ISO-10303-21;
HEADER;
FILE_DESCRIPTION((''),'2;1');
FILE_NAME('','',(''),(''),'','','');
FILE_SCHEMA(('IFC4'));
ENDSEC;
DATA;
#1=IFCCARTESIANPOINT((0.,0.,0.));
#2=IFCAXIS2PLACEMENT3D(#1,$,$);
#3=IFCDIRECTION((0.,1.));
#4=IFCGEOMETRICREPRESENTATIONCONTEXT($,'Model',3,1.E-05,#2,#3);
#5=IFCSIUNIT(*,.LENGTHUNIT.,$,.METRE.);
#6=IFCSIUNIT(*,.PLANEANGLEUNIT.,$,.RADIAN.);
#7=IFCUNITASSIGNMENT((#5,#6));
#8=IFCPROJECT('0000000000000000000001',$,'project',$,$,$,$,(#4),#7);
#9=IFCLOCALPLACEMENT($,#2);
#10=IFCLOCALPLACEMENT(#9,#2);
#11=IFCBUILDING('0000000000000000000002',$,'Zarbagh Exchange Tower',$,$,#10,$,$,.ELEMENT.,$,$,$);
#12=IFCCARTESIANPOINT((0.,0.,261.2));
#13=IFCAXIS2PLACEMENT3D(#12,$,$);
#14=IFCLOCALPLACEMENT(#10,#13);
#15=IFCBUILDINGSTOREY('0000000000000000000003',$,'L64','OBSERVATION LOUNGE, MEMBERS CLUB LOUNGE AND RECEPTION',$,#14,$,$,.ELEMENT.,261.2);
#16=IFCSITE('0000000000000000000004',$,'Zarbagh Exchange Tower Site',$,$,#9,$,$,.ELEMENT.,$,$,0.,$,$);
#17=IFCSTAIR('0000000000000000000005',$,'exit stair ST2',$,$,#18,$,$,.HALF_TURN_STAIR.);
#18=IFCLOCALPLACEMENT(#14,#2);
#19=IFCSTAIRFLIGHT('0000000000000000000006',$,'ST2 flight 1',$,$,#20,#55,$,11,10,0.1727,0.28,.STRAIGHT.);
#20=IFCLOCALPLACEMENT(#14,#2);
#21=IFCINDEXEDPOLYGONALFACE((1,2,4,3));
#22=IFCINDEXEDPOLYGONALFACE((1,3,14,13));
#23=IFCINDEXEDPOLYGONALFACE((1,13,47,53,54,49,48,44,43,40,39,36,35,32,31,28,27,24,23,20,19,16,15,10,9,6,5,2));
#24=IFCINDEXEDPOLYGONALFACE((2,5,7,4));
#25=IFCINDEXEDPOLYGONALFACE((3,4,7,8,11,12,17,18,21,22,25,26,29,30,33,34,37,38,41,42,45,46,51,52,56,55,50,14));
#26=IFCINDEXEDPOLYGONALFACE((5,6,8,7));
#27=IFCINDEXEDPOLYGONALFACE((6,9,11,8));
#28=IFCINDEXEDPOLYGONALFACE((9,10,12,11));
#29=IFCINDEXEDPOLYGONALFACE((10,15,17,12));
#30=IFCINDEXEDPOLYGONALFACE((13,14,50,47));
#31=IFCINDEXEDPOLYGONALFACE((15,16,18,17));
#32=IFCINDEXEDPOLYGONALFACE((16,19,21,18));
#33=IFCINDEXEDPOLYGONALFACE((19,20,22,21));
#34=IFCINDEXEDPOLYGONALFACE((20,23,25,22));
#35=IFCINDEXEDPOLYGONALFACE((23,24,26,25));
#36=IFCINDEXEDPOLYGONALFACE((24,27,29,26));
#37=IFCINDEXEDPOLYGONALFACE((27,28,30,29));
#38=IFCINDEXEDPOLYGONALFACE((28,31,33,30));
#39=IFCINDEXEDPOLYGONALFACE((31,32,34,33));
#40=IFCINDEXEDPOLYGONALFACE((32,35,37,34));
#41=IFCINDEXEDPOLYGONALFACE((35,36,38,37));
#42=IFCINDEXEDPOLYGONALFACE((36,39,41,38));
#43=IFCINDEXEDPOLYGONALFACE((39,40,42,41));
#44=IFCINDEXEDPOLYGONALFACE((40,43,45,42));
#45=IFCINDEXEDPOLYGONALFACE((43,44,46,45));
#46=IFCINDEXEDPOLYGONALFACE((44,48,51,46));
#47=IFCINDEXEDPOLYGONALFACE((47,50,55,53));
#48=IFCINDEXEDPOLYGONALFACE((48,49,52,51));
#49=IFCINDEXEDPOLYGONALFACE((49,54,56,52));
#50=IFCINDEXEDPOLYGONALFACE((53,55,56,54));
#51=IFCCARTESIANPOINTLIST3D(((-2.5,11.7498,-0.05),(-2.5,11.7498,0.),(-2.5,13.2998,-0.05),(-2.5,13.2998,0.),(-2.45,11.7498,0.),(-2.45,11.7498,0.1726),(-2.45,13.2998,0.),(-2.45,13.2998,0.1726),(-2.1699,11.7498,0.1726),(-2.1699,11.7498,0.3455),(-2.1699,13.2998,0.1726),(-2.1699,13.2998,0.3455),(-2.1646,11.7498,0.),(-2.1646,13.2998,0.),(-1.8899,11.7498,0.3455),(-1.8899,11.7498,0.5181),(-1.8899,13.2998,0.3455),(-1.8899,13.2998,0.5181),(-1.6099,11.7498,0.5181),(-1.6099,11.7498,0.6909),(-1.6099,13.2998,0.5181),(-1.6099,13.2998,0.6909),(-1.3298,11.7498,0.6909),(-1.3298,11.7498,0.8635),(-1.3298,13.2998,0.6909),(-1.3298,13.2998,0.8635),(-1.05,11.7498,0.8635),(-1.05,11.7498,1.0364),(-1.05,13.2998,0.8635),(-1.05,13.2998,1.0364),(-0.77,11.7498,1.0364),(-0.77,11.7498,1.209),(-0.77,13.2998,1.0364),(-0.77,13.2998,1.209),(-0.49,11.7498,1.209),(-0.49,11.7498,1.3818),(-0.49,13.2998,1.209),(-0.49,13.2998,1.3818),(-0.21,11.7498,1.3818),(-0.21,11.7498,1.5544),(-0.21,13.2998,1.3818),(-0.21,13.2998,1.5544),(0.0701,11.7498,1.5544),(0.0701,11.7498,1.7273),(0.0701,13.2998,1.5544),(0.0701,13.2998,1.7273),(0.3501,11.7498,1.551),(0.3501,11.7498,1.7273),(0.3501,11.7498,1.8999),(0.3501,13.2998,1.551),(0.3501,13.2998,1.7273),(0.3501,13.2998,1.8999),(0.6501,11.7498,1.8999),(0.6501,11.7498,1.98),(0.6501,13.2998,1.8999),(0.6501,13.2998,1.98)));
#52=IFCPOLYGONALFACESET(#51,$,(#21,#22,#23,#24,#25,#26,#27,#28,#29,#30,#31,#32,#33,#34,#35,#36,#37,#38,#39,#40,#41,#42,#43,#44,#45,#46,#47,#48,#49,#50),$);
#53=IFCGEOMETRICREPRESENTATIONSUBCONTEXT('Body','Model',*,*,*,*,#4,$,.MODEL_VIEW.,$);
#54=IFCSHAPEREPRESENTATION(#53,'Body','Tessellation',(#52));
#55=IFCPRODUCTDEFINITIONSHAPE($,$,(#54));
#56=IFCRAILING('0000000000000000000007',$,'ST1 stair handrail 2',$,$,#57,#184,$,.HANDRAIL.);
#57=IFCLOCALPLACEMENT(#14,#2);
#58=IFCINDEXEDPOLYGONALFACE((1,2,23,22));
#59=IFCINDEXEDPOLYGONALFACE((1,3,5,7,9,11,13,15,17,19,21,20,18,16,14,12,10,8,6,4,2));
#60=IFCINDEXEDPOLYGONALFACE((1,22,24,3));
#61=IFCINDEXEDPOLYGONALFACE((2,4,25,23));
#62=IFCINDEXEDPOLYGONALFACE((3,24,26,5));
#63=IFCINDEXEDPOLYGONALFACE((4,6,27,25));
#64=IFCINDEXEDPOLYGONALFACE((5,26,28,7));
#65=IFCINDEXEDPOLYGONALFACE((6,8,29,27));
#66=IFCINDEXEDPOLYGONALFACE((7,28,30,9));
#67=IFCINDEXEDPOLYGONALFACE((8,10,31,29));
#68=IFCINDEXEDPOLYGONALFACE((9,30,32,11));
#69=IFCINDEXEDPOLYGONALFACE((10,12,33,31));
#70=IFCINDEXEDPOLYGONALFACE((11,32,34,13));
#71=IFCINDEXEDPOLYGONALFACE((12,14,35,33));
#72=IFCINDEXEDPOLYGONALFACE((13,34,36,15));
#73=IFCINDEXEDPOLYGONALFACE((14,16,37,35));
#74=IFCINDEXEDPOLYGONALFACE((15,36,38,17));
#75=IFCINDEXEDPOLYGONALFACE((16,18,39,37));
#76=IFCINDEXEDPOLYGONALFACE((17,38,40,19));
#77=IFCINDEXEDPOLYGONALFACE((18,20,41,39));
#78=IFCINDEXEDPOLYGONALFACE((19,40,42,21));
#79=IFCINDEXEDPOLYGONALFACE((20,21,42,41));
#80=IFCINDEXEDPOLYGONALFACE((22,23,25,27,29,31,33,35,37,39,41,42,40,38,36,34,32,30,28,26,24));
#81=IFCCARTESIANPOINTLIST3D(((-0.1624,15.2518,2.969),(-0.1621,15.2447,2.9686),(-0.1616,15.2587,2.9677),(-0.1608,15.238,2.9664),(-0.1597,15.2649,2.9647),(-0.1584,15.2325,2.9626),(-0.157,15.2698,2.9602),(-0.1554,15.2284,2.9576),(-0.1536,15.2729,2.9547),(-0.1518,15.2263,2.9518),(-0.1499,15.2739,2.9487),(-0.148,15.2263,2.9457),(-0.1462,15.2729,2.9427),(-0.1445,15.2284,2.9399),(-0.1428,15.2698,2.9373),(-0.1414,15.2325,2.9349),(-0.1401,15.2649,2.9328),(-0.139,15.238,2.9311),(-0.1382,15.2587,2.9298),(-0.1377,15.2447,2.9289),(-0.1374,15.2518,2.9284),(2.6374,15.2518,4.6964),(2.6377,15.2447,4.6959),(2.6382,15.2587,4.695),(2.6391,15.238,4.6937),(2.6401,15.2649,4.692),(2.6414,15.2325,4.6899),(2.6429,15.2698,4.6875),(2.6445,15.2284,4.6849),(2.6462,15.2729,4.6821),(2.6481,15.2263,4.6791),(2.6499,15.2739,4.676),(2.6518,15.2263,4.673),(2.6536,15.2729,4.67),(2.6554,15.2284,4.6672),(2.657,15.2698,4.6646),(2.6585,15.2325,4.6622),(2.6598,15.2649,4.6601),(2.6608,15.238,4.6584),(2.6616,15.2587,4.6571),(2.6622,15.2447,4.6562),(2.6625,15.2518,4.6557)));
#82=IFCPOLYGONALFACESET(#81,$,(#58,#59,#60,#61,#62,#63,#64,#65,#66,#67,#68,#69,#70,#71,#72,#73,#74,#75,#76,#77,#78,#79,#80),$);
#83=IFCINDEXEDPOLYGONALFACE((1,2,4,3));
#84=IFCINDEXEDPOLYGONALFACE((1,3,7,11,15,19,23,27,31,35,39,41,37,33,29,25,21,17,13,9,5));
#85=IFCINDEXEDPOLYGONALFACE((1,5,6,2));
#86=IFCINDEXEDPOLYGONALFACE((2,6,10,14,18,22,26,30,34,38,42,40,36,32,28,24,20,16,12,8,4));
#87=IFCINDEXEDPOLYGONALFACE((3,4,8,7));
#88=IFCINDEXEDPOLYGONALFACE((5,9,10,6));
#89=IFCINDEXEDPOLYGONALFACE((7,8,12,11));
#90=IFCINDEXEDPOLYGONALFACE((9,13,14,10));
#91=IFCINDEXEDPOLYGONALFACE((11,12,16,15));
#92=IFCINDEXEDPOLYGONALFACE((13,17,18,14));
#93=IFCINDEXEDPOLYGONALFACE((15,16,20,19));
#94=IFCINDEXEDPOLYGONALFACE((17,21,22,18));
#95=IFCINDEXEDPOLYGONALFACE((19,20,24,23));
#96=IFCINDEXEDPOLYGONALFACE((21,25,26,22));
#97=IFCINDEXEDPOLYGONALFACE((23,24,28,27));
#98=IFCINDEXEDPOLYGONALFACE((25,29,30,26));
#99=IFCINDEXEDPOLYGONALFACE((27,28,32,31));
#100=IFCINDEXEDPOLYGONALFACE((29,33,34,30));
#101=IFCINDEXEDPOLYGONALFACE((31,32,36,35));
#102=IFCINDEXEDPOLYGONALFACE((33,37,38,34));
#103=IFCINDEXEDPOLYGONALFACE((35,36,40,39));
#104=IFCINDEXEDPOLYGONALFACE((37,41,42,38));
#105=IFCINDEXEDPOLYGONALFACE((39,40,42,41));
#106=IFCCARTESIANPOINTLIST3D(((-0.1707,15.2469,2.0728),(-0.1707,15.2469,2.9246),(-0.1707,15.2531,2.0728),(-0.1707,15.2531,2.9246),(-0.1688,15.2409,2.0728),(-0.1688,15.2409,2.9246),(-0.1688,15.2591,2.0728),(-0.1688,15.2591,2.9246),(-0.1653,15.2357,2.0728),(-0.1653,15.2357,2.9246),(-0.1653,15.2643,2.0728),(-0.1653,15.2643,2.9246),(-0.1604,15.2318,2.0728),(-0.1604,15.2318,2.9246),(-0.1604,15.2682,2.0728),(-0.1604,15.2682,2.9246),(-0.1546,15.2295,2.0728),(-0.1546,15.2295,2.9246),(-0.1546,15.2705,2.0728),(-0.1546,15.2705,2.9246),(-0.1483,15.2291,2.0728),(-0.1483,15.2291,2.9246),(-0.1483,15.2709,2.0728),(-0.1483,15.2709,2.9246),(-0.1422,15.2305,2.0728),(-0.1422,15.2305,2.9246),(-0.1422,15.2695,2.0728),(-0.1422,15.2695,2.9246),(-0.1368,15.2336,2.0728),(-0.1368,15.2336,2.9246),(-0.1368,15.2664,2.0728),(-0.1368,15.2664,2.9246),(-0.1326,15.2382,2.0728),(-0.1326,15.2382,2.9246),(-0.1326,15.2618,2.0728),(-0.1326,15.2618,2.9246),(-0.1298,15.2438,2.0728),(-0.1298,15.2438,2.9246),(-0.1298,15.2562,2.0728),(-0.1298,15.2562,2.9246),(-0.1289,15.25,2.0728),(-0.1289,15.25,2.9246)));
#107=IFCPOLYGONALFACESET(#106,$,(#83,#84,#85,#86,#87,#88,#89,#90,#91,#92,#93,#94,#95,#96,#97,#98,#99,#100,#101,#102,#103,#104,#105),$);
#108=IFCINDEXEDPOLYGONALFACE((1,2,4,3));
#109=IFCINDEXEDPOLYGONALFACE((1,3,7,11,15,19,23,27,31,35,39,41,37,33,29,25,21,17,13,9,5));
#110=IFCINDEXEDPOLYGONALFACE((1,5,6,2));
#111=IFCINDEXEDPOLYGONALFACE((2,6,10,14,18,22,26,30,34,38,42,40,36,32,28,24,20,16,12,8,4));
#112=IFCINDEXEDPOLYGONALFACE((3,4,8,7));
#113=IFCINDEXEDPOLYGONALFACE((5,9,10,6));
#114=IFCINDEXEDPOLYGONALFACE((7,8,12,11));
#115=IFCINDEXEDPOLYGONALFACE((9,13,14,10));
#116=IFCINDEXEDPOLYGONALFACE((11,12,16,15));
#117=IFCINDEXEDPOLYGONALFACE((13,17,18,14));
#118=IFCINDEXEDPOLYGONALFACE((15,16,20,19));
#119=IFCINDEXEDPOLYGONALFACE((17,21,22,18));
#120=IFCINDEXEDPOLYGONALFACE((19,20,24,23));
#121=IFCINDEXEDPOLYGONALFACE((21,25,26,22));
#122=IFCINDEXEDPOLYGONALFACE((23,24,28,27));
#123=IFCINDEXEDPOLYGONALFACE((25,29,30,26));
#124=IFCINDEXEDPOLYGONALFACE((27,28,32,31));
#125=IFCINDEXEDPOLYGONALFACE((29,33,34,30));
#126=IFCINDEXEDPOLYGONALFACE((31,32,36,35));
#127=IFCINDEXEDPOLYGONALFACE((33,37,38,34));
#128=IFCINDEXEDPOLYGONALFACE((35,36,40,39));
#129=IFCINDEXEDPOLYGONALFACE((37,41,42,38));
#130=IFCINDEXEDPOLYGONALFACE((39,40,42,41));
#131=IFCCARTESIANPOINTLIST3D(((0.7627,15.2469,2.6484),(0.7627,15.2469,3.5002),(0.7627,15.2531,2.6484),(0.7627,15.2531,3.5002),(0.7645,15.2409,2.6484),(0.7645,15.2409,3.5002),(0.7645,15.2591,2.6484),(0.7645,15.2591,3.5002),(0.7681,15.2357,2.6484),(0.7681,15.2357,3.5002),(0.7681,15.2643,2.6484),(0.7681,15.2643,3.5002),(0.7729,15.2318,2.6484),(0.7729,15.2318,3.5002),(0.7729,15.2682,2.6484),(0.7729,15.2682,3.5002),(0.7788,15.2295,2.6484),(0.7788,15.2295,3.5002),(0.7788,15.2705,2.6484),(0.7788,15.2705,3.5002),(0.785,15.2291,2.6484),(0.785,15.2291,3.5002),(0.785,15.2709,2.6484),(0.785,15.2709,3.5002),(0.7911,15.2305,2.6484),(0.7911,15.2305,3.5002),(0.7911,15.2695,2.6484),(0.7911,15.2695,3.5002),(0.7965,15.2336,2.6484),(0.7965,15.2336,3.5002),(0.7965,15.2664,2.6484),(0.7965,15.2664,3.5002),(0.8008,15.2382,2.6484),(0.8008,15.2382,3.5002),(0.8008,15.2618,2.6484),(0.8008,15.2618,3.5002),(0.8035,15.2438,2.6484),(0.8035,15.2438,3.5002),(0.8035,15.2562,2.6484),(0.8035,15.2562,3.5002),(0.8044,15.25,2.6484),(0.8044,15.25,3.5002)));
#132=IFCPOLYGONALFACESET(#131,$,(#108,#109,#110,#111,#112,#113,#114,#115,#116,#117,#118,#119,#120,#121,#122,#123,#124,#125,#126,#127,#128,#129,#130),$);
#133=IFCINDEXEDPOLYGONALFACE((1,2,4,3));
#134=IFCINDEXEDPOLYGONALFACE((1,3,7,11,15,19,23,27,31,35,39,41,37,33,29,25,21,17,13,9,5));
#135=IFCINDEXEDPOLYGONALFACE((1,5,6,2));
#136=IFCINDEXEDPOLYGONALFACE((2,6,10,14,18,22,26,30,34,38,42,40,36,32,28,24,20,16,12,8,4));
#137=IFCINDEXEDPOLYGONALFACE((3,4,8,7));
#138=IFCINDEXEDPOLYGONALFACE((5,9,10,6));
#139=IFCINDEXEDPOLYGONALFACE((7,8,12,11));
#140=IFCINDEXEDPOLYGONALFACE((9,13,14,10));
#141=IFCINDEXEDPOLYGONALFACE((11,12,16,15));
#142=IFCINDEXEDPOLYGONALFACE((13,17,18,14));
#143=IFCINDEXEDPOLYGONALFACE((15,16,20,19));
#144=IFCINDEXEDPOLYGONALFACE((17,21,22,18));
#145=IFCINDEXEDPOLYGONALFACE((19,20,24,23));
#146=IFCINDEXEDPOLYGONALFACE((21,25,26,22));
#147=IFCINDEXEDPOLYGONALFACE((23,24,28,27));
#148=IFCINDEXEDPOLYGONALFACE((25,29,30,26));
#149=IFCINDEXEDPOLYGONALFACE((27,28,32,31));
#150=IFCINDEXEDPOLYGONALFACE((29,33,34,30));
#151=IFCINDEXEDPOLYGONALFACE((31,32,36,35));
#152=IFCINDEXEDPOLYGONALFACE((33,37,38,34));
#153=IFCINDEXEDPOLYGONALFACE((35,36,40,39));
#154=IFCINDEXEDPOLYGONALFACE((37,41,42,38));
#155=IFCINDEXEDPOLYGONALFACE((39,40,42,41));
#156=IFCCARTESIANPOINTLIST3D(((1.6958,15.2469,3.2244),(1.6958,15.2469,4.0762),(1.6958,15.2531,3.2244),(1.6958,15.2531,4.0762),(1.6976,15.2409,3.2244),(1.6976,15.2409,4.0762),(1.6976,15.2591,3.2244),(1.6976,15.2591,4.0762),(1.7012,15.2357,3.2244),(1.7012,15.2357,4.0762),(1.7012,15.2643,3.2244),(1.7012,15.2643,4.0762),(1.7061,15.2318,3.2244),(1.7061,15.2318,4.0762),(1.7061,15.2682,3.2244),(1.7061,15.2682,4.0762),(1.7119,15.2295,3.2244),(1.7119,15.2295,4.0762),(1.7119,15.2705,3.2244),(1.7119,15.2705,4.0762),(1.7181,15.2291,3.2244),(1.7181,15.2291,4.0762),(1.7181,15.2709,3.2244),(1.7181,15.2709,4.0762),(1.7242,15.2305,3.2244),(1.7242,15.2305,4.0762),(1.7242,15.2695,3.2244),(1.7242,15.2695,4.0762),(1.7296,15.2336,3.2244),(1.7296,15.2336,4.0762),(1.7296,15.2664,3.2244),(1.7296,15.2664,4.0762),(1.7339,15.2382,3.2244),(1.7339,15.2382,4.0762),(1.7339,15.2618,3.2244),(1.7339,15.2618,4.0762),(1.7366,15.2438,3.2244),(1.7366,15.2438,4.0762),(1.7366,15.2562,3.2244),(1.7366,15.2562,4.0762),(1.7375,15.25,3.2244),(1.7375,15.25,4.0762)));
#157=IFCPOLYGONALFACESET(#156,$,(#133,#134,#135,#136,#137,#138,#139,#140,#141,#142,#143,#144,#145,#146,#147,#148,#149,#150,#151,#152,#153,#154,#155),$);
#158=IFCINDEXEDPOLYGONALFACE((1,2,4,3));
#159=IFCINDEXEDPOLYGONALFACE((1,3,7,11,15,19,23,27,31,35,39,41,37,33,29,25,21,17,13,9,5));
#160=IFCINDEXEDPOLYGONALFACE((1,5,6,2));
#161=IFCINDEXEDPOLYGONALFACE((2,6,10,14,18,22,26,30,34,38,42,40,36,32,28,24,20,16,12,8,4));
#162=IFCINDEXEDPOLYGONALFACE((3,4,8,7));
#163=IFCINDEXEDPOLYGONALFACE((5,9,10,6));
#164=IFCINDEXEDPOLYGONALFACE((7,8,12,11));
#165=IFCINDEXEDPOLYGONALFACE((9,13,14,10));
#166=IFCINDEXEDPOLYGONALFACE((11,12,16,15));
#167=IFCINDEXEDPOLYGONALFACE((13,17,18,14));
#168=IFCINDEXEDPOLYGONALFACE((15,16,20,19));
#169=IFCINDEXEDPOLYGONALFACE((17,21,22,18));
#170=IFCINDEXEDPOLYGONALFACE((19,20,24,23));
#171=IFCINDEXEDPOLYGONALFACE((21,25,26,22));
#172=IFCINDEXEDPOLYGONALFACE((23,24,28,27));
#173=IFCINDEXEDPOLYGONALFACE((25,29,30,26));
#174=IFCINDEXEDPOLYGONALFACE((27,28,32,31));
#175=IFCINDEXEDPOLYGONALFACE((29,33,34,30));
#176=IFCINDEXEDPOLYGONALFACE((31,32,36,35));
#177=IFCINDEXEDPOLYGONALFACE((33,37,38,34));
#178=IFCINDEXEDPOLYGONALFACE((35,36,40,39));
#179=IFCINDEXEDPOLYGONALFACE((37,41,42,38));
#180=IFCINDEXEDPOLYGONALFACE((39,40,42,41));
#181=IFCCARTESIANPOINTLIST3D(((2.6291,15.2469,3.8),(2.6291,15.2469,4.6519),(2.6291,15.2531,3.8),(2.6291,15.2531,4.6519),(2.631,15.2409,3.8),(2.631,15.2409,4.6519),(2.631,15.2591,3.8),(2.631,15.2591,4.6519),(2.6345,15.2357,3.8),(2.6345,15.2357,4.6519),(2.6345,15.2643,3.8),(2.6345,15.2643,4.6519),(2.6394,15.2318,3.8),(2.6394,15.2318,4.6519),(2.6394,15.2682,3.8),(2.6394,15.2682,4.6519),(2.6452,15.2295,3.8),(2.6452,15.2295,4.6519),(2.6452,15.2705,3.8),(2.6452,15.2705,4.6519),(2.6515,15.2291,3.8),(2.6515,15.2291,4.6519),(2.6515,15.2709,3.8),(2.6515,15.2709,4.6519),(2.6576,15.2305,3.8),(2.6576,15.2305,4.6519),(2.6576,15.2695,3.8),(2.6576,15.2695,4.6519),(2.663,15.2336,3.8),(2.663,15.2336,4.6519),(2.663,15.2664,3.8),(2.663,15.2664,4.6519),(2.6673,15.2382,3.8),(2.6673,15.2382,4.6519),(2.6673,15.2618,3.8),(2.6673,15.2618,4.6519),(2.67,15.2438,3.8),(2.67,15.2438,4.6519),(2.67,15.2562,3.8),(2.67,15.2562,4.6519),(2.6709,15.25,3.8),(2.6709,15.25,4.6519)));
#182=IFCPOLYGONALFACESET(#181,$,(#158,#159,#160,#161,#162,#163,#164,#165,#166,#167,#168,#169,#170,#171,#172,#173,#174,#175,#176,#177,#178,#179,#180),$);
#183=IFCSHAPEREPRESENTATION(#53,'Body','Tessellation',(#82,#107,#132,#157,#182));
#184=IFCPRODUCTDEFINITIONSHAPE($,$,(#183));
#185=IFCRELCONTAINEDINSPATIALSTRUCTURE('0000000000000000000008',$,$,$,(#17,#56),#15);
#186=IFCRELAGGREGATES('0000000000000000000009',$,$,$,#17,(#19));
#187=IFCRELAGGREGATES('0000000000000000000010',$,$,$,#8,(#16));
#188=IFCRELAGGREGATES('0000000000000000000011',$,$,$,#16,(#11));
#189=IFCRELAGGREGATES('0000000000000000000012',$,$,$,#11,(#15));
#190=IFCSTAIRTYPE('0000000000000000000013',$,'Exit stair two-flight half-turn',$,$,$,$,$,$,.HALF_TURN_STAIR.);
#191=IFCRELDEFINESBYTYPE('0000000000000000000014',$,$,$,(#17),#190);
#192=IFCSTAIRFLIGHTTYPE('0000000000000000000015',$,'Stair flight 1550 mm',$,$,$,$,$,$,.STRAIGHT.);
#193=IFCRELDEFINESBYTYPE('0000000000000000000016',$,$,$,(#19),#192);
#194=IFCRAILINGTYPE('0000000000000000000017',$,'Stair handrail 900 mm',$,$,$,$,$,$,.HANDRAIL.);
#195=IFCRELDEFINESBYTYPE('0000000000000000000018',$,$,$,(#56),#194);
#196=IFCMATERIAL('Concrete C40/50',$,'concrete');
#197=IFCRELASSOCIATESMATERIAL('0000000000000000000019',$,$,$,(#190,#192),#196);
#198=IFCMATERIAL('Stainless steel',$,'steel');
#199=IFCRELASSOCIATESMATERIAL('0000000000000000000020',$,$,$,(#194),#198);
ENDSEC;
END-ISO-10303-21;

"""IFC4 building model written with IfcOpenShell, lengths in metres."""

from ifc_helpers import new_model, si_unit, direction, frame, origin, origin_2d, place, context, subcontext, project, spatial, polyline, circle, outline, extrude, material, type_object, element, aggregate, save


model = new_model("IFC4")

# Units and contexts
model_context = context("Model", 3, precision=1e-05, world=origin(), true_north=direction((0.0, 1.0)))
body_context = subcontext(model_context, "Body", "Model", "MODEL_VIEW")
ifc_project = project(units=[si_unit("LENGTHUNIT", "METRE"), si_unit("PLANEANGLEUNIT", "RADIAN")], contexts=[model_context])

# Site, building, storey
site_placement = place(None, origin())
site = spatial("IfcSite", under=ifc_project, at=site_placement, Name="Zarbagh Exchange Tower Site", CompositionType="ELEMENT", RefElevation=0.0)
building_placement = place(site_placement, origin())
building = spatial("IfcBuilding", under=site, at=building_placement, Name="Zarbagh Exchange Tower", CompositionType="ELEMENT")
storey_placement = place(building_placement, frame((0.0, 0.0, 261.2)))
storey = spatial("IfcBuildingStorey", under=building, at=storey_placement, Name="L64", Description="OBSERVATION LOUNGE, MEMBERS CLUB LOUNGE AND RECEPTION", CompositionType="ELEMENT", Elevation=261.2)

# Shared definitions
ifc_material_1 = material(Name="Concrete C40/50", Category="concrete")

# Stair, stair flight
stair_type = type_object("IfcStairType", Name="Exit stair two-flight half-turn", PredefinedType="HALF_TURN_STAIR", material=ifc_material_1)
stair_1_placement = place(storey_placement, origin())
stair_1 = element("IfcStair", 1, at=stair_1_placement, inside=storey, type_object=stair_type, Name="exit stair ST2", PredefinedType="HALF_TURN_STAIR")
stair_flight_type_1 = type_object("IfcStairFlightType", Name="Stair flight 1550 mm", PredefinedType="STRAIGHT", material=ifc_material_1)
stair_flight_1_placement = place(storey_placement, frame((-2.45, 12.5249, 0.0), z_axis=(0.0, 0.0, 1.0), x_axis=(1.0, 0.0, 0.0)))
stair_flight_1 = element("IfcStairFlight", 2, at=stair_flight_1_placement, type_object=stair_flight_type_1, Name="ST2 flight 1", NumberOfRisers=11, NumberOfTreads=10, PredefinedType="STRAIGHT", RiserHeight=0.1727, TreadLength=0.28, context=body_context, shape_type="SweptSolid", body=[
    extrude(outline(polyline([(-0.05, -0.05), (-0.05, 0.0), (0.0, 0.0), (0.0, 0.1726), (0.28, 0.1726), (0.28, 0.3455), (0.5601, 0.3455), (0.5601, 0.5181), (0.8401, 0.5181), (0.8401, 0.6909), (1.1201, 0.6909), (1.1201, 0.8635), (1.3999, 0.8635), (1.3999, 1.0364), (1.6799, 1.0364), (1.6799, 1.209), (1.96, 1.209), (1.96, 1.3818), (2.24, 1.3818), (2.24, 1.5544), (2.52, 1.5544), (2.52, 1.7273), (2.8, 1.7273), (2.8, 1.8999), (3.1001, 1.98), (3.1001, 1.8999), (2.8, 1.551), (0.2854, 0.0), (-0.05, -0.05)])), frame((0.0, 0.7749, 0.0), z_axis=(0.0, -1.0, 0.0), x_axis=(1.0, 0.0, 0.0)), (0.0, 0.0, 1.0), 1.55),
])
aggregate(stair_1, [stair_flight_1])

# Railing
ifc_material_2 = material(Name="Stainless steel", Category="steel")
railing_type = type_object("IfcRailingType", Name="Stair handrail 900 mm", PredefinedType="HANDRAIL", material=ifc_material_2)
railing_1_placement = place(storey_placement, frame((-0.1499, 15.25, 2.0728)))
element("IfcRailing", 3, at=railing_1_placement, inside=storey, type_object=railing_type, Name="ST1 stair handrail 2", PredefinedType="HANDRAIL", context=body_context, shape_type="SweptSolid", body=[
    extrude(circle(Radius=0.0239, at=origin_2d()), frame((0.0, 0.0, 0.876), z_axis=(0.851069, 0.0, 0.525054), x_axis=(0.0, 1.0, 0.0)), (0.0, 0.0, 1.0), 3.2898),
    extrude(circle(Radius=0.021, at=origin_2d()), origin(), (0.0, 0.0, 1.0), 0.8518),
    extrude(circle(Radius=0.021, at=origin_2d()), frame((0.9333, 0.0, 0.5757)), (0.0, 0.0, 1.0), 0.8518),
    extrude(circle(Radius=0.021, at=origin_2d()), frame((1.8665, 0.0, 1.1516)), (0.0, 0.0, 1.0), 0.8518),
    extrude(circle(Radius=0.021, at=origin_2d()), frame((2.7998, 0.0, 1.7273)), (0.0, 0.0, 1.0), 0.8518),
])

save(model, "model.ifc")
